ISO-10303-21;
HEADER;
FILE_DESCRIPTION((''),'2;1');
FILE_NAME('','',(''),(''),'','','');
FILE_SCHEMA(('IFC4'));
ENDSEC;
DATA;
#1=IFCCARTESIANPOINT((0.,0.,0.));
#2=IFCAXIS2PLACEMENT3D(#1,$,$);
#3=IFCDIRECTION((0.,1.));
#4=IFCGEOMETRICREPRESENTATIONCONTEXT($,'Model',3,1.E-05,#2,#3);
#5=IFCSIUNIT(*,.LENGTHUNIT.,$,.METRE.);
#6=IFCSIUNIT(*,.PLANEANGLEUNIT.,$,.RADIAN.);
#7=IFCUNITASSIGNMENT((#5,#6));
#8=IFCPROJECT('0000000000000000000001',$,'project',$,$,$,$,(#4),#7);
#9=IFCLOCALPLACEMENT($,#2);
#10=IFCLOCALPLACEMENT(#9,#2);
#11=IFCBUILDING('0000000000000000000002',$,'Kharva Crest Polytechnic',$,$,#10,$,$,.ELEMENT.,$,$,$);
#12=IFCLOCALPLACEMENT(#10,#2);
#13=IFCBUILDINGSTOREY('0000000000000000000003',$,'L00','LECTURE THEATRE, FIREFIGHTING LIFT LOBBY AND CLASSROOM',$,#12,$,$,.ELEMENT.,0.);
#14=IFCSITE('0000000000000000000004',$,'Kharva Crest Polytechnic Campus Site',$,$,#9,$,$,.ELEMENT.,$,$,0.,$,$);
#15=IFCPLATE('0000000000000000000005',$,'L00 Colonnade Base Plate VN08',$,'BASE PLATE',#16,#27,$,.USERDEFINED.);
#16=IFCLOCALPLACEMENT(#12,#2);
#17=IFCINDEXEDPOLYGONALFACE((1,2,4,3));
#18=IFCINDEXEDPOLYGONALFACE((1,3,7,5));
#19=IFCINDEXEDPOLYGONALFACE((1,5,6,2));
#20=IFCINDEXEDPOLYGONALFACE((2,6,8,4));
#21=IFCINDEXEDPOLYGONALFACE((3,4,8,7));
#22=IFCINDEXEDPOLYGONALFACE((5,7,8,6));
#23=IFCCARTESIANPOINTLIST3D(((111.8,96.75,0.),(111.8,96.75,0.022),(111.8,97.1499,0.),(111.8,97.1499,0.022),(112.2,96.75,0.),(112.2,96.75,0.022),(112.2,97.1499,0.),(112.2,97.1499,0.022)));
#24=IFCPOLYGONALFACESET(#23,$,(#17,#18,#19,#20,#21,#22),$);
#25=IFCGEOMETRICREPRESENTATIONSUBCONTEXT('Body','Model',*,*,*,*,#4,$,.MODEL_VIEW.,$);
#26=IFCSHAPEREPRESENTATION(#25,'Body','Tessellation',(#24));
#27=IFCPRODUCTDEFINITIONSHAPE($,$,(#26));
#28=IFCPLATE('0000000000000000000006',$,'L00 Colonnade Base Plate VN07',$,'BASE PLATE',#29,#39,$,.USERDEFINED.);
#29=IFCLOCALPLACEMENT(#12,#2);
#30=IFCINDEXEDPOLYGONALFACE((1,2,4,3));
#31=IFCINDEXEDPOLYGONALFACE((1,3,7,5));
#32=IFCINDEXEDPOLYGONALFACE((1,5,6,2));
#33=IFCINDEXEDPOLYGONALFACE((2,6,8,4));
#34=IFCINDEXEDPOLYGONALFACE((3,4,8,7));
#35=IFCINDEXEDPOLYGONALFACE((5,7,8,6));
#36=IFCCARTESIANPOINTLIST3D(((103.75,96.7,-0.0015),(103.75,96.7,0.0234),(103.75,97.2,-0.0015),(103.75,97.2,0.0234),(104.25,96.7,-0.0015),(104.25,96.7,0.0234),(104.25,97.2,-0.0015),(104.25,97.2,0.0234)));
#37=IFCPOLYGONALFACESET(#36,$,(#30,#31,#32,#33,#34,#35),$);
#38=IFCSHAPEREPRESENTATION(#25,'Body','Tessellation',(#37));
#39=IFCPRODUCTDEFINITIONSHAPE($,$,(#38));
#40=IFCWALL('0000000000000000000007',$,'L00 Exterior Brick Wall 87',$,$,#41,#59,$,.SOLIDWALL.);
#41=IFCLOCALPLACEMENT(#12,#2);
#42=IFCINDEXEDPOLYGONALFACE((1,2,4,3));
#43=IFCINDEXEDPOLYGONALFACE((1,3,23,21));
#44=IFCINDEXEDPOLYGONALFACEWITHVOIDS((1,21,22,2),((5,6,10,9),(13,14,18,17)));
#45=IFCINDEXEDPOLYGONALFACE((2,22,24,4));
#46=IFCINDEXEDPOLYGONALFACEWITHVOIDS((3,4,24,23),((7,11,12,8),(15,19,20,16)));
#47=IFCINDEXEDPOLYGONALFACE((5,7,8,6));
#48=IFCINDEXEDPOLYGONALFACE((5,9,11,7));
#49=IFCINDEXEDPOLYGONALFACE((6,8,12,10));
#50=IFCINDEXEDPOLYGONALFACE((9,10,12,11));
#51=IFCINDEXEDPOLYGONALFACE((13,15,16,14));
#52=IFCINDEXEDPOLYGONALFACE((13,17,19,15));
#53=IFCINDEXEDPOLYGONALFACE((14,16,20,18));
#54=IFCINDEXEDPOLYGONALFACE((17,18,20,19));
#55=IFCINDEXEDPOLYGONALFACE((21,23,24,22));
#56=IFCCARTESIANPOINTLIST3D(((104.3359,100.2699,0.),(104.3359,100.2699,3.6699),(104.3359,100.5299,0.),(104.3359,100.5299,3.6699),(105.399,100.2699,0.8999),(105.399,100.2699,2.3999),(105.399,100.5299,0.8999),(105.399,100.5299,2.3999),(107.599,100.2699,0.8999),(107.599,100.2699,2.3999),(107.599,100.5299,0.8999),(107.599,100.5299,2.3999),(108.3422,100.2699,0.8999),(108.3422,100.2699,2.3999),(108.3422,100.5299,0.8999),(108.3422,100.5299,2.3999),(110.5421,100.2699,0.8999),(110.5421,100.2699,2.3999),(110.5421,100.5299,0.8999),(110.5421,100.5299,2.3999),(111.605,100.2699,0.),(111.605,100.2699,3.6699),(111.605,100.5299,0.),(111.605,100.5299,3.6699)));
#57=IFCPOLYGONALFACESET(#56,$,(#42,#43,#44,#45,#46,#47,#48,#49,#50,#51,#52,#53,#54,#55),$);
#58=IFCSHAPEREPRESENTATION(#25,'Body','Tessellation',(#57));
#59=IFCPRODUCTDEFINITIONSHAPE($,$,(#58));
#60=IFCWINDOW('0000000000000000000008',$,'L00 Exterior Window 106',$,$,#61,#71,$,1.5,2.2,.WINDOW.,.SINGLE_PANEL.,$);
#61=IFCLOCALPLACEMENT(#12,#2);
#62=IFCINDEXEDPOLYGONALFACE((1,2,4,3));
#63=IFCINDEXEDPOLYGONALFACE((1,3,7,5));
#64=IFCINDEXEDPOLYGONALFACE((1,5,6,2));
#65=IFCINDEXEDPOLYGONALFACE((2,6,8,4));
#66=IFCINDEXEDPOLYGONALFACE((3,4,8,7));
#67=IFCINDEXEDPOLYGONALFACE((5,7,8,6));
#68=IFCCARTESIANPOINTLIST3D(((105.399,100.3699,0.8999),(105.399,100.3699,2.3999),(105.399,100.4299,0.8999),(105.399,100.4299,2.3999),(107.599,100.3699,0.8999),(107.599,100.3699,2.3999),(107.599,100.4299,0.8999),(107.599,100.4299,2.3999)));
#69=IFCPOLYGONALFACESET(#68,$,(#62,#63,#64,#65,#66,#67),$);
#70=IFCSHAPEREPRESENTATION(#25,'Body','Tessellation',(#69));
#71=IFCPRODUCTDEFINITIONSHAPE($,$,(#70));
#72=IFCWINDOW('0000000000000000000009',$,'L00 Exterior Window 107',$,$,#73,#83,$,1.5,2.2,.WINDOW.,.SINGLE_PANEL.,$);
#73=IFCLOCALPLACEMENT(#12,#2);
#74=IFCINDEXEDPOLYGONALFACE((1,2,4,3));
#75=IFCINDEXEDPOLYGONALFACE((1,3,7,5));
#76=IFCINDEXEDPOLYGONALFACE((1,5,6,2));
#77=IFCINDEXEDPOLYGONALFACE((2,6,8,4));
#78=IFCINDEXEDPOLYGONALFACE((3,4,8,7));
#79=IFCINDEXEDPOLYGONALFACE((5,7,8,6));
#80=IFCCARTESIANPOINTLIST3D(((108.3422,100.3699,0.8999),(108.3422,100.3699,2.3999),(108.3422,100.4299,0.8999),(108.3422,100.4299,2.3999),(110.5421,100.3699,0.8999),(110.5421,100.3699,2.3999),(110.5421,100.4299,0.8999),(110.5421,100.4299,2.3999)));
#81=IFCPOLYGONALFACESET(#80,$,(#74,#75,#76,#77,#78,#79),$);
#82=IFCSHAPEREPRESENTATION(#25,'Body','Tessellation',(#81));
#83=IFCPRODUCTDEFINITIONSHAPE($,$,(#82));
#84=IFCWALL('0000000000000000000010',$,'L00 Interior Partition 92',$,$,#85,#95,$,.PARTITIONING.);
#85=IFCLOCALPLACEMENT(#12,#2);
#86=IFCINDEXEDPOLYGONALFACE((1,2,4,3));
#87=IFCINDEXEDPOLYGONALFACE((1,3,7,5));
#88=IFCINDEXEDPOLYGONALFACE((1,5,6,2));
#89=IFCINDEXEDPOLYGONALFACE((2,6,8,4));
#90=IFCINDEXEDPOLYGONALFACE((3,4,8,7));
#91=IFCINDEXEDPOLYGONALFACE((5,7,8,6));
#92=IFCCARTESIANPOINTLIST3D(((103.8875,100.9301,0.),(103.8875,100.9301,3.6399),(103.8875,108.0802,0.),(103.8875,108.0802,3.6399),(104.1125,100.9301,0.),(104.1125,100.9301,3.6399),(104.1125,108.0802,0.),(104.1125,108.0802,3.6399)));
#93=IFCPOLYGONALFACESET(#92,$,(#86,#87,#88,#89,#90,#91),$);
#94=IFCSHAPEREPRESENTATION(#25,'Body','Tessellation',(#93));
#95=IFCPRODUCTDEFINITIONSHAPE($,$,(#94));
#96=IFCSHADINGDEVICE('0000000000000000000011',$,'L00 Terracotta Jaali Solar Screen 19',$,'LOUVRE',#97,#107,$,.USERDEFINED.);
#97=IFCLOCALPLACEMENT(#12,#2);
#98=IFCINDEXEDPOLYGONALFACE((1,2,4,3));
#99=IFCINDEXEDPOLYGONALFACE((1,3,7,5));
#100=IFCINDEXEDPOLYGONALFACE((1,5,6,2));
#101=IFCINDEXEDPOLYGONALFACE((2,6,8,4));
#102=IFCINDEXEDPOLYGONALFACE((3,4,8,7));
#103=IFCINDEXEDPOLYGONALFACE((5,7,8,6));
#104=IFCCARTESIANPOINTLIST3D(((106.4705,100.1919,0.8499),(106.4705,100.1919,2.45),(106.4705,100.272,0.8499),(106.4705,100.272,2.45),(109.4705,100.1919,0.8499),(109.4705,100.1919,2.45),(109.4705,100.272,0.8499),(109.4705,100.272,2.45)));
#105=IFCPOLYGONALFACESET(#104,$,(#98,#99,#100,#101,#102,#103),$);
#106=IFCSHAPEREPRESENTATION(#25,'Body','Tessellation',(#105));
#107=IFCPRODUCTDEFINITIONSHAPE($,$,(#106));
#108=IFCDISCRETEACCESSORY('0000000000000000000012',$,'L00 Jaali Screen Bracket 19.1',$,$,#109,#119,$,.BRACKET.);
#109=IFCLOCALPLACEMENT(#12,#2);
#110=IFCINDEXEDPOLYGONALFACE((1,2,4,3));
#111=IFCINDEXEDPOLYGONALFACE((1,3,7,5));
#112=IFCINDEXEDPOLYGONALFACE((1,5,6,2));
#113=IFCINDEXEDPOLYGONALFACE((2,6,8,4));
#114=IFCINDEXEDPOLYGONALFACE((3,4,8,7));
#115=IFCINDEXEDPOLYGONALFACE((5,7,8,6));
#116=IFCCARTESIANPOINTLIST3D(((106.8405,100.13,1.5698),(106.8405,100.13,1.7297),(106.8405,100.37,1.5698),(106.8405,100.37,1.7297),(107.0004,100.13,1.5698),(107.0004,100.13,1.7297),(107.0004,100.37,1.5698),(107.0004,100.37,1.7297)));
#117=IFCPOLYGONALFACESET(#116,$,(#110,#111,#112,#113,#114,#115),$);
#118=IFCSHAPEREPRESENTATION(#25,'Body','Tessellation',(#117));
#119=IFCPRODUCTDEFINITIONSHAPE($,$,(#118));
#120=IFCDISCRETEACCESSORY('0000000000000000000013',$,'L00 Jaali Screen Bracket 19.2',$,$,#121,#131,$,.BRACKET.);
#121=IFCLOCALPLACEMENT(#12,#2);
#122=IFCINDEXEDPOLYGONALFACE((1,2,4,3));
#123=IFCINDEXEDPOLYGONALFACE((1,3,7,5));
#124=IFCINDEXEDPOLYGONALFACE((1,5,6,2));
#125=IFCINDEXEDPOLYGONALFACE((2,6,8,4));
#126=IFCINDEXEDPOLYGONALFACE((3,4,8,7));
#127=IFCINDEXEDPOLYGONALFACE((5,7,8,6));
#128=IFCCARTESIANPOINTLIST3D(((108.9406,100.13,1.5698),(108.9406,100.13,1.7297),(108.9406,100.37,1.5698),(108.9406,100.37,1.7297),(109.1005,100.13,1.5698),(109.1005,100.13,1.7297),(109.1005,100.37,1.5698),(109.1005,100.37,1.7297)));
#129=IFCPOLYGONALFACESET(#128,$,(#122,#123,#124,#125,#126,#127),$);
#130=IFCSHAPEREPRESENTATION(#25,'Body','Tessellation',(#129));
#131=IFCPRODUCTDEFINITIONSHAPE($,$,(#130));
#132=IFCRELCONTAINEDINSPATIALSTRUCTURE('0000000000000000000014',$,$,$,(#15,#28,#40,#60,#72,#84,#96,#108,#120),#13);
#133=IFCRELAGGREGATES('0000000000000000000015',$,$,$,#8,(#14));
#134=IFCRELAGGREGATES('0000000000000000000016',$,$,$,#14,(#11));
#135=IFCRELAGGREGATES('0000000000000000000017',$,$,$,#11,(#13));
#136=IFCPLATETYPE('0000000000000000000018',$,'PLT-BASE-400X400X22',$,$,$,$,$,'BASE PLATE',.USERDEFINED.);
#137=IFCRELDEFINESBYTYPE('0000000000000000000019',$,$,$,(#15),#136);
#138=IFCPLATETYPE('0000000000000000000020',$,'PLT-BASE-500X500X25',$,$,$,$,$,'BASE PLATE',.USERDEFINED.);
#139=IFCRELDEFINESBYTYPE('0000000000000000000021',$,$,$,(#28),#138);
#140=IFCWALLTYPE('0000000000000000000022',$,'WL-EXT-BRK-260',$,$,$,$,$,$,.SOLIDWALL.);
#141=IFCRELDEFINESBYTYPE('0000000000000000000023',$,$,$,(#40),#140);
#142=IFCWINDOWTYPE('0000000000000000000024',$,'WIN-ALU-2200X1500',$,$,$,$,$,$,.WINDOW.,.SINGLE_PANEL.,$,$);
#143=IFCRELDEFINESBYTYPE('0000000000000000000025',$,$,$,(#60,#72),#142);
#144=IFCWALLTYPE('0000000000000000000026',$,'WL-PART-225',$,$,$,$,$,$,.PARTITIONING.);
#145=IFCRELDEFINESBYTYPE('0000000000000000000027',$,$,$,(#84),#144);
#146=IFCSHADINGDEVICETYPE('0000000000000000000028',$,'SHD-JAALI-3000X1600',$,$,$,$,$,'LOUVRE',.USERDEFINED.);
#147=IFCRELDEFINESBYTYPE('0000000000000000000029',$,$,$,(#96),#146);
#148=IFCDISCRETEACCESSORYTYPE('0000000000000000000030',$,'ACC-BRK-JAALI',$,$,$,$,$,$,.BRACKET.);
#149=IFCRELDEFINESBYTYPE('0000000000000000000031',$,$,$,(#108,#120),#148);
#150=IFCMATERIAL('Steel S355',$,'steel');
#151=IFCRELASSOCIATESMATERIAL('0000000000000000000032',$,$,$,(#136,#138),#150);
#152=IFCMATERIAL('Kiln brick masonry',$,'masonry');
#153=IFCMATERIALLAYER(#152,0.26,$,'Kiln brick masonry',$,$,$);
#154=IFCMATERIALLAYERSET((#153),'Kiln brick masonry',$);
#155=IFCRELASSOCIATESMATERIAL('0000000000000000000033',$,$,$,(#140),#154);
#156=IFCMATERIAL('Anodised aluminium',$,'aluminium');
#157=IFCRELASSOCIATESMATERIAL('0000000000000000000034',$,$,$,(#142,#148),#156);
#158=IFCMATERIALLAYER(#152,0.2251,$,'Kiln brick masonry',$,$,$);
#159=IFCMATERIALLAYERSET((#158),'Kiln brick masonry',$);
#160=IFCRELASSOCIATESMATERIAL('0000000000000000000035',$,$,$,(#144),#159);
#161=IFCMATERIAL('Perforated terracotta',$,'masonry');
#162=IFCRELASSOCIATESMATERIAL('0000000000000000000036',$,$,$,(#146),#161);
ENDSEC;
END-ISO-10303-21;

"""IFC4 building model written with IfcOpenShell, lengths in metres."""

from ifc_helpers import new_model, si_unit, direction, frame, frame_2d, origin, origin_2d, place, context, subcontext, project, spatial, rectangle, extrude, material, layer, layer_set, type_object, element, fill, save


model = new_model("IFC4")

# Units and contexts
model_context = context("Model", 3, precision=1e-05, world=origin(), true_north=direction((0.0, 1.0)))
body_context = subcontext(model_context, "Body", "Model", "MODEL_VIEW")
ifc_project = project(units=[si_unit("LENGTHUNIT", "METRE"), si_unit("PLANEANGLEUNIT", "RADIAN")], contexts=[model_context])

# Site, building, storey
site_placement = place(None, origin())
site = spatial("IfcSite", under=ifc_project, at=site_placement, Name="Kharva Crest Polytechnic Campus Site", CompositionType="ELEMENT", RefElevation=0.0)
building_placement = place(site_placement, origin())
building = spatial("IfcBuilding", under=site, at=building_placement, Name="Kharva Crest Polytechnic", CompositionType="ELEMENT")
storey_placement = place(building_placement, origin())
storey = spatial("IfcBuildingStorey", under=building, at=storey_placement, Name="L00", Description="LECTURE THEATRE, FIREFIGHTING LIFT LOBBY AND CLASSROOM", CompositionType="ELEMENT", Elevation=0.0)

# Shared definitions
ifc_material_1 = material(Name="Steel S355", Category="steel")

# Plates
plate_type_1 = type_object("IfcPlateType", Name="PLT-BASE-400X400X22", ElementType="BASE PLATE", PredefinedType="USERDEFINED", material=ifc_material_1)
plate_1_placement = place(storey_placement, frame((112.0, 96.95, 0.0), z_axis=(0.0, 0.0, 1.0), x_axis=(1.0, 0.0, 0.0)))
element("IfcPlate", 1, at=plate_1_placement, inside=storey, type_object=plate_type_1, Name="L00 Colonnade Base Plate VN08", ObjectType="BASE PLATE", PredefinedType="USERDEFINED", context=body_context, shape_type="SweptSolid", body=[
    extrude(rectangle(XDim=0.3999, YDim=0.3999, at=origin_2d()), origin(), (0.0, 0.0, 1.0), 0.022),
])
plate_type_2 = type_object("IfcPlateType", Name="PLT-BASE-500X500X25", ElementType="BASE PLATE", PredefinedType="USERDEFINED", material=ifc_material_1)
plate_2_placement = place(storey_placement, frame((104.0, 96.95, -0.0015), z_axis=(0.0, 0.0, 1.0), x_axis=(1.0, 0.0, 0.0)))
element("IfcPlate", 2, at=plate_2_placement, inside=storey, type_object=plate_type_2, Name="L00 Colonnade Base Plate VN07", ObjectType="BASE PLATE", PredefinedType="USERDEFINED", context=body_context, shape_type="SweptSolid", body=[
    extrude(rectangle(XDim=0.5, YDim=0.5, at=origin_2d()), origin(), (0.0, 0.0, 1.0), 0.0249),
])

# Wall, openings, windows
ifc_material_2 = material(Name="Kiln brick masonry", Category="masonry")
ifc_layer_1 = layer(ifc_material_2, 0.26, Name="Kiln brick masonry")
ifc_layer_set_1 = layer_set([ifc_layer_1], Name="Kiln brick masonry")
wall_type_1 = type_object("IfcWallType", Name="WL-EXT-BRK-260", PredefinedType="SOLIDWALL", material=ifc_layer_set_1)
wall_1_placement = place(storey_placement, frame((104.3359, 100.3999, 0.0), z_axis=(0.0, 0.0, 1.0), x_axis=(1.0, 0.0, 0.0)))
wall_1 = element("IfcWall", 3, at=wall_1_placement, inside=storey, type_object=wall_type_1, Name="L00 Exterior Brick Wall 87", PredefinedType="SOLIDWALL", context=body_context, shape_type="SweptSolid", body=[
    extrude(rectangle(XDim=7.269, YDim=0.26, at=frame_2d((3.6345, 0.0))), origin(), (0.0, 0.0, 1.0), 3.6699),
])
opening_1_placement = place(wall_1_placement, frame((1.063, 0.0, 0.8999)))
opening_1 = element("IfcOpeningElement", 4, at=opening_1_placement, cuts=wall_1, PredefinedType="OPENING", context=body_context, shape_type="SweptSolid", body=[
    extrude(rectangle(XDim=2.2, YDim=1.5, at=frame_2d((1.1001, 0.75))), frame((0.0, 0.1399, 0.0), z_axis=(0.0, -1.0, 0.0), x_axis=(1.0, 0.0, 0.0)), (0.0, 0.0, 1.0), 0.28),
])
opening_2_placement = place(wall_1_placement, frame((4.0061, 0.0, 0.8999)))
opening_2 = element("IfcOpeningElement", 5, at=opening_2_placement, cuts=wall_1, PredefinedType="OPENING", context=body_context, shape_type="SweptSolid", body=[
    extrude(rectangle(XDim=2.2, YDim=1.5, at=frame_2d((1.1001, 0.75))), frame((0.0, 0.1399, 0.0), z_axis=(0.0, -1.0, 0.0), x_axis=(1.0, 0.0, 0.0)), (0.0, 0.0, 1.0), 0.28),
])
ifc_material_3 = material(Name="Anodised aluminium", Category="aluminium")
window_type = type_object("IfcWindowType", Name="WIN-ALU-2200X1500", PartitioningType="SINGLE_PANEL", PredefinedType="WINDOW", material=ifc_material_3)
window_1_placement = place(opening_1_placement, origin())
window_1 = element("IfcWindow", 6, at=window_1_placement, inside=storey, type_object=window_type, Name="L00 Exterior Window 106", OverallHeight=1.5, OverallWidth=2.2, PartitioningType="SINGLE_PANEL", PredefinedType="WINDOW", context=body_context, shape_type="SweptSolid", body=[
    extrude(rectangle(XDim=2.2, YDim=1.5, at=frame_2d((1.1001, 0.75))), frame((0.0, 0.03, 0.0), z_axis=(0.0, -1.0, 0.0), x_axis=(1.0, 0.0, 0.0)), (0.0, 0.0, 1.0), 0.0601),
])
fill(opening_1, window_1)
window_2_placement = place(opening_2_placement, origin())
window_2 = element("IfcWindow", 7, at=window_2_placement, inside=storey, type_object=window_type, Name="L00 Exterior Window 107", OverallHeight=1.5, OverallWidth=2.2, PartitioningType="SINGLE_PANEL", PredefinedType="WINDOW", context=body_context, shape_type="SweptSolid", body=[
    extrude(rectangle(XDim=2.2, YDim=1.5, at=frame_2d((1.1001, 0.75))), frame((0.0, 0.03, 0.0), z_axis=(0.0, -1.0, 0.0), x_axis=(1.0, 0.0, 0.0)), (0.0, 0.0, 1.0), 0.0601),
])
fill(opening_2, window_2)

# Wall
ifc_layer_2 = layer(ifc_material_2, 0.2251, Name="Kiln brick masonry")
ifc_layer_set_2 = layer_set([ifc_layer_2], Name="Kiln brick masonry")
wall_type_2 = type_object("IfcWallType", Name="WL-PART-225", PredefinedType="PARTITIONING", material=ifc_layer_set_2)
wall_2_placement = place(storey_placement, frame((104.0, 100.9299, 0.0), z_axis=(0.0, 0.0, 1.0), x_axis=(0.0, 1.0, 0.0)))
element("IfcWall", 8, at=wall_2_placement, inside=storey, type_object=wall_type_2, Name="L00 Interior Partition 92", PredefinedType="PARTITIONING", context=body_context, shape_type="SweptSolid", body=[
    extrude(rectangle(XDim=7.1501, YDim=0.2251, at=frame_2d((3.5752, 0.0))), origin(), (0.0, 0.0, 1.0), 3.6399),
])

# Shading device
ifc_material_4 = material(Name="Perforated terracotta", Category="masonry")
shading_device_type = type_object("IfcShadingDeviceType", Name="SHD-JAALI-3000X1600", ElementType="LOUVRE", PredefinedType="USERDEFINED", material=ifc_material_4)
shading_device_placement = place(storey_placement, frame((107.9705, 100.2319, 0.8499), z_axis=(0.0, 0.0, 1.0), x_axis=(1.0, 0.0, 0.0)))
element("IfcShadingDevice", 9, at=shading_device_placement, inside=storey, type_object=shading_device_type, Name="L00 Terracotta Jaali Solar Screen 19", ObjectType="LOUVRE", PredefinedType="USERDEFINED", context=body_context, shape_type="SweptSolid", body=[
    extrude(rectangle(XDim=3.0, YDim=0.0801, at=origin_2d()), origin(), (0.0, 0.0, 1.0), 1.6001),
])

# Discrete accessories
discrete_accessory_type = type_object("IfcDiscreteAccessoryType", Name="ACC-BRK-JAALI", PredefinedType="BRACKET", material=ifc_material_3)
for number, where, z_axis, x_axis, name in (
    (10, (106.9204, 100.25, 1.5698), (0.0, 0.0, 1.0), (1.0, 0.0, 0.0), "L00 Jaali Screen Bracket 19.1"),
    (11, (109.0205, 100.25, 1.5698), (0.0, 0.0, 1.0), (1.0, 0.0, 0.0), "L00 Jaali Screen Bracket 19.2"),
):
    element("IfcDiscreteAccessory", number, at=place(storey_placement, frame(where, z_axis=z_axis, x_axis=x_axis)), inside=storey, type_object=discrete_accessory_type, Name=name, PredefinedType="BRACKET", context=body_context, shape_type="SweptSolid", body=[
        extrude(rectangle(XDim=0.1599, YDim=0.24, at=origin_2d()), origin(), (0.0, 0.0, 1.0), 0.1599),
    ])

save(model, "model.ifc")
